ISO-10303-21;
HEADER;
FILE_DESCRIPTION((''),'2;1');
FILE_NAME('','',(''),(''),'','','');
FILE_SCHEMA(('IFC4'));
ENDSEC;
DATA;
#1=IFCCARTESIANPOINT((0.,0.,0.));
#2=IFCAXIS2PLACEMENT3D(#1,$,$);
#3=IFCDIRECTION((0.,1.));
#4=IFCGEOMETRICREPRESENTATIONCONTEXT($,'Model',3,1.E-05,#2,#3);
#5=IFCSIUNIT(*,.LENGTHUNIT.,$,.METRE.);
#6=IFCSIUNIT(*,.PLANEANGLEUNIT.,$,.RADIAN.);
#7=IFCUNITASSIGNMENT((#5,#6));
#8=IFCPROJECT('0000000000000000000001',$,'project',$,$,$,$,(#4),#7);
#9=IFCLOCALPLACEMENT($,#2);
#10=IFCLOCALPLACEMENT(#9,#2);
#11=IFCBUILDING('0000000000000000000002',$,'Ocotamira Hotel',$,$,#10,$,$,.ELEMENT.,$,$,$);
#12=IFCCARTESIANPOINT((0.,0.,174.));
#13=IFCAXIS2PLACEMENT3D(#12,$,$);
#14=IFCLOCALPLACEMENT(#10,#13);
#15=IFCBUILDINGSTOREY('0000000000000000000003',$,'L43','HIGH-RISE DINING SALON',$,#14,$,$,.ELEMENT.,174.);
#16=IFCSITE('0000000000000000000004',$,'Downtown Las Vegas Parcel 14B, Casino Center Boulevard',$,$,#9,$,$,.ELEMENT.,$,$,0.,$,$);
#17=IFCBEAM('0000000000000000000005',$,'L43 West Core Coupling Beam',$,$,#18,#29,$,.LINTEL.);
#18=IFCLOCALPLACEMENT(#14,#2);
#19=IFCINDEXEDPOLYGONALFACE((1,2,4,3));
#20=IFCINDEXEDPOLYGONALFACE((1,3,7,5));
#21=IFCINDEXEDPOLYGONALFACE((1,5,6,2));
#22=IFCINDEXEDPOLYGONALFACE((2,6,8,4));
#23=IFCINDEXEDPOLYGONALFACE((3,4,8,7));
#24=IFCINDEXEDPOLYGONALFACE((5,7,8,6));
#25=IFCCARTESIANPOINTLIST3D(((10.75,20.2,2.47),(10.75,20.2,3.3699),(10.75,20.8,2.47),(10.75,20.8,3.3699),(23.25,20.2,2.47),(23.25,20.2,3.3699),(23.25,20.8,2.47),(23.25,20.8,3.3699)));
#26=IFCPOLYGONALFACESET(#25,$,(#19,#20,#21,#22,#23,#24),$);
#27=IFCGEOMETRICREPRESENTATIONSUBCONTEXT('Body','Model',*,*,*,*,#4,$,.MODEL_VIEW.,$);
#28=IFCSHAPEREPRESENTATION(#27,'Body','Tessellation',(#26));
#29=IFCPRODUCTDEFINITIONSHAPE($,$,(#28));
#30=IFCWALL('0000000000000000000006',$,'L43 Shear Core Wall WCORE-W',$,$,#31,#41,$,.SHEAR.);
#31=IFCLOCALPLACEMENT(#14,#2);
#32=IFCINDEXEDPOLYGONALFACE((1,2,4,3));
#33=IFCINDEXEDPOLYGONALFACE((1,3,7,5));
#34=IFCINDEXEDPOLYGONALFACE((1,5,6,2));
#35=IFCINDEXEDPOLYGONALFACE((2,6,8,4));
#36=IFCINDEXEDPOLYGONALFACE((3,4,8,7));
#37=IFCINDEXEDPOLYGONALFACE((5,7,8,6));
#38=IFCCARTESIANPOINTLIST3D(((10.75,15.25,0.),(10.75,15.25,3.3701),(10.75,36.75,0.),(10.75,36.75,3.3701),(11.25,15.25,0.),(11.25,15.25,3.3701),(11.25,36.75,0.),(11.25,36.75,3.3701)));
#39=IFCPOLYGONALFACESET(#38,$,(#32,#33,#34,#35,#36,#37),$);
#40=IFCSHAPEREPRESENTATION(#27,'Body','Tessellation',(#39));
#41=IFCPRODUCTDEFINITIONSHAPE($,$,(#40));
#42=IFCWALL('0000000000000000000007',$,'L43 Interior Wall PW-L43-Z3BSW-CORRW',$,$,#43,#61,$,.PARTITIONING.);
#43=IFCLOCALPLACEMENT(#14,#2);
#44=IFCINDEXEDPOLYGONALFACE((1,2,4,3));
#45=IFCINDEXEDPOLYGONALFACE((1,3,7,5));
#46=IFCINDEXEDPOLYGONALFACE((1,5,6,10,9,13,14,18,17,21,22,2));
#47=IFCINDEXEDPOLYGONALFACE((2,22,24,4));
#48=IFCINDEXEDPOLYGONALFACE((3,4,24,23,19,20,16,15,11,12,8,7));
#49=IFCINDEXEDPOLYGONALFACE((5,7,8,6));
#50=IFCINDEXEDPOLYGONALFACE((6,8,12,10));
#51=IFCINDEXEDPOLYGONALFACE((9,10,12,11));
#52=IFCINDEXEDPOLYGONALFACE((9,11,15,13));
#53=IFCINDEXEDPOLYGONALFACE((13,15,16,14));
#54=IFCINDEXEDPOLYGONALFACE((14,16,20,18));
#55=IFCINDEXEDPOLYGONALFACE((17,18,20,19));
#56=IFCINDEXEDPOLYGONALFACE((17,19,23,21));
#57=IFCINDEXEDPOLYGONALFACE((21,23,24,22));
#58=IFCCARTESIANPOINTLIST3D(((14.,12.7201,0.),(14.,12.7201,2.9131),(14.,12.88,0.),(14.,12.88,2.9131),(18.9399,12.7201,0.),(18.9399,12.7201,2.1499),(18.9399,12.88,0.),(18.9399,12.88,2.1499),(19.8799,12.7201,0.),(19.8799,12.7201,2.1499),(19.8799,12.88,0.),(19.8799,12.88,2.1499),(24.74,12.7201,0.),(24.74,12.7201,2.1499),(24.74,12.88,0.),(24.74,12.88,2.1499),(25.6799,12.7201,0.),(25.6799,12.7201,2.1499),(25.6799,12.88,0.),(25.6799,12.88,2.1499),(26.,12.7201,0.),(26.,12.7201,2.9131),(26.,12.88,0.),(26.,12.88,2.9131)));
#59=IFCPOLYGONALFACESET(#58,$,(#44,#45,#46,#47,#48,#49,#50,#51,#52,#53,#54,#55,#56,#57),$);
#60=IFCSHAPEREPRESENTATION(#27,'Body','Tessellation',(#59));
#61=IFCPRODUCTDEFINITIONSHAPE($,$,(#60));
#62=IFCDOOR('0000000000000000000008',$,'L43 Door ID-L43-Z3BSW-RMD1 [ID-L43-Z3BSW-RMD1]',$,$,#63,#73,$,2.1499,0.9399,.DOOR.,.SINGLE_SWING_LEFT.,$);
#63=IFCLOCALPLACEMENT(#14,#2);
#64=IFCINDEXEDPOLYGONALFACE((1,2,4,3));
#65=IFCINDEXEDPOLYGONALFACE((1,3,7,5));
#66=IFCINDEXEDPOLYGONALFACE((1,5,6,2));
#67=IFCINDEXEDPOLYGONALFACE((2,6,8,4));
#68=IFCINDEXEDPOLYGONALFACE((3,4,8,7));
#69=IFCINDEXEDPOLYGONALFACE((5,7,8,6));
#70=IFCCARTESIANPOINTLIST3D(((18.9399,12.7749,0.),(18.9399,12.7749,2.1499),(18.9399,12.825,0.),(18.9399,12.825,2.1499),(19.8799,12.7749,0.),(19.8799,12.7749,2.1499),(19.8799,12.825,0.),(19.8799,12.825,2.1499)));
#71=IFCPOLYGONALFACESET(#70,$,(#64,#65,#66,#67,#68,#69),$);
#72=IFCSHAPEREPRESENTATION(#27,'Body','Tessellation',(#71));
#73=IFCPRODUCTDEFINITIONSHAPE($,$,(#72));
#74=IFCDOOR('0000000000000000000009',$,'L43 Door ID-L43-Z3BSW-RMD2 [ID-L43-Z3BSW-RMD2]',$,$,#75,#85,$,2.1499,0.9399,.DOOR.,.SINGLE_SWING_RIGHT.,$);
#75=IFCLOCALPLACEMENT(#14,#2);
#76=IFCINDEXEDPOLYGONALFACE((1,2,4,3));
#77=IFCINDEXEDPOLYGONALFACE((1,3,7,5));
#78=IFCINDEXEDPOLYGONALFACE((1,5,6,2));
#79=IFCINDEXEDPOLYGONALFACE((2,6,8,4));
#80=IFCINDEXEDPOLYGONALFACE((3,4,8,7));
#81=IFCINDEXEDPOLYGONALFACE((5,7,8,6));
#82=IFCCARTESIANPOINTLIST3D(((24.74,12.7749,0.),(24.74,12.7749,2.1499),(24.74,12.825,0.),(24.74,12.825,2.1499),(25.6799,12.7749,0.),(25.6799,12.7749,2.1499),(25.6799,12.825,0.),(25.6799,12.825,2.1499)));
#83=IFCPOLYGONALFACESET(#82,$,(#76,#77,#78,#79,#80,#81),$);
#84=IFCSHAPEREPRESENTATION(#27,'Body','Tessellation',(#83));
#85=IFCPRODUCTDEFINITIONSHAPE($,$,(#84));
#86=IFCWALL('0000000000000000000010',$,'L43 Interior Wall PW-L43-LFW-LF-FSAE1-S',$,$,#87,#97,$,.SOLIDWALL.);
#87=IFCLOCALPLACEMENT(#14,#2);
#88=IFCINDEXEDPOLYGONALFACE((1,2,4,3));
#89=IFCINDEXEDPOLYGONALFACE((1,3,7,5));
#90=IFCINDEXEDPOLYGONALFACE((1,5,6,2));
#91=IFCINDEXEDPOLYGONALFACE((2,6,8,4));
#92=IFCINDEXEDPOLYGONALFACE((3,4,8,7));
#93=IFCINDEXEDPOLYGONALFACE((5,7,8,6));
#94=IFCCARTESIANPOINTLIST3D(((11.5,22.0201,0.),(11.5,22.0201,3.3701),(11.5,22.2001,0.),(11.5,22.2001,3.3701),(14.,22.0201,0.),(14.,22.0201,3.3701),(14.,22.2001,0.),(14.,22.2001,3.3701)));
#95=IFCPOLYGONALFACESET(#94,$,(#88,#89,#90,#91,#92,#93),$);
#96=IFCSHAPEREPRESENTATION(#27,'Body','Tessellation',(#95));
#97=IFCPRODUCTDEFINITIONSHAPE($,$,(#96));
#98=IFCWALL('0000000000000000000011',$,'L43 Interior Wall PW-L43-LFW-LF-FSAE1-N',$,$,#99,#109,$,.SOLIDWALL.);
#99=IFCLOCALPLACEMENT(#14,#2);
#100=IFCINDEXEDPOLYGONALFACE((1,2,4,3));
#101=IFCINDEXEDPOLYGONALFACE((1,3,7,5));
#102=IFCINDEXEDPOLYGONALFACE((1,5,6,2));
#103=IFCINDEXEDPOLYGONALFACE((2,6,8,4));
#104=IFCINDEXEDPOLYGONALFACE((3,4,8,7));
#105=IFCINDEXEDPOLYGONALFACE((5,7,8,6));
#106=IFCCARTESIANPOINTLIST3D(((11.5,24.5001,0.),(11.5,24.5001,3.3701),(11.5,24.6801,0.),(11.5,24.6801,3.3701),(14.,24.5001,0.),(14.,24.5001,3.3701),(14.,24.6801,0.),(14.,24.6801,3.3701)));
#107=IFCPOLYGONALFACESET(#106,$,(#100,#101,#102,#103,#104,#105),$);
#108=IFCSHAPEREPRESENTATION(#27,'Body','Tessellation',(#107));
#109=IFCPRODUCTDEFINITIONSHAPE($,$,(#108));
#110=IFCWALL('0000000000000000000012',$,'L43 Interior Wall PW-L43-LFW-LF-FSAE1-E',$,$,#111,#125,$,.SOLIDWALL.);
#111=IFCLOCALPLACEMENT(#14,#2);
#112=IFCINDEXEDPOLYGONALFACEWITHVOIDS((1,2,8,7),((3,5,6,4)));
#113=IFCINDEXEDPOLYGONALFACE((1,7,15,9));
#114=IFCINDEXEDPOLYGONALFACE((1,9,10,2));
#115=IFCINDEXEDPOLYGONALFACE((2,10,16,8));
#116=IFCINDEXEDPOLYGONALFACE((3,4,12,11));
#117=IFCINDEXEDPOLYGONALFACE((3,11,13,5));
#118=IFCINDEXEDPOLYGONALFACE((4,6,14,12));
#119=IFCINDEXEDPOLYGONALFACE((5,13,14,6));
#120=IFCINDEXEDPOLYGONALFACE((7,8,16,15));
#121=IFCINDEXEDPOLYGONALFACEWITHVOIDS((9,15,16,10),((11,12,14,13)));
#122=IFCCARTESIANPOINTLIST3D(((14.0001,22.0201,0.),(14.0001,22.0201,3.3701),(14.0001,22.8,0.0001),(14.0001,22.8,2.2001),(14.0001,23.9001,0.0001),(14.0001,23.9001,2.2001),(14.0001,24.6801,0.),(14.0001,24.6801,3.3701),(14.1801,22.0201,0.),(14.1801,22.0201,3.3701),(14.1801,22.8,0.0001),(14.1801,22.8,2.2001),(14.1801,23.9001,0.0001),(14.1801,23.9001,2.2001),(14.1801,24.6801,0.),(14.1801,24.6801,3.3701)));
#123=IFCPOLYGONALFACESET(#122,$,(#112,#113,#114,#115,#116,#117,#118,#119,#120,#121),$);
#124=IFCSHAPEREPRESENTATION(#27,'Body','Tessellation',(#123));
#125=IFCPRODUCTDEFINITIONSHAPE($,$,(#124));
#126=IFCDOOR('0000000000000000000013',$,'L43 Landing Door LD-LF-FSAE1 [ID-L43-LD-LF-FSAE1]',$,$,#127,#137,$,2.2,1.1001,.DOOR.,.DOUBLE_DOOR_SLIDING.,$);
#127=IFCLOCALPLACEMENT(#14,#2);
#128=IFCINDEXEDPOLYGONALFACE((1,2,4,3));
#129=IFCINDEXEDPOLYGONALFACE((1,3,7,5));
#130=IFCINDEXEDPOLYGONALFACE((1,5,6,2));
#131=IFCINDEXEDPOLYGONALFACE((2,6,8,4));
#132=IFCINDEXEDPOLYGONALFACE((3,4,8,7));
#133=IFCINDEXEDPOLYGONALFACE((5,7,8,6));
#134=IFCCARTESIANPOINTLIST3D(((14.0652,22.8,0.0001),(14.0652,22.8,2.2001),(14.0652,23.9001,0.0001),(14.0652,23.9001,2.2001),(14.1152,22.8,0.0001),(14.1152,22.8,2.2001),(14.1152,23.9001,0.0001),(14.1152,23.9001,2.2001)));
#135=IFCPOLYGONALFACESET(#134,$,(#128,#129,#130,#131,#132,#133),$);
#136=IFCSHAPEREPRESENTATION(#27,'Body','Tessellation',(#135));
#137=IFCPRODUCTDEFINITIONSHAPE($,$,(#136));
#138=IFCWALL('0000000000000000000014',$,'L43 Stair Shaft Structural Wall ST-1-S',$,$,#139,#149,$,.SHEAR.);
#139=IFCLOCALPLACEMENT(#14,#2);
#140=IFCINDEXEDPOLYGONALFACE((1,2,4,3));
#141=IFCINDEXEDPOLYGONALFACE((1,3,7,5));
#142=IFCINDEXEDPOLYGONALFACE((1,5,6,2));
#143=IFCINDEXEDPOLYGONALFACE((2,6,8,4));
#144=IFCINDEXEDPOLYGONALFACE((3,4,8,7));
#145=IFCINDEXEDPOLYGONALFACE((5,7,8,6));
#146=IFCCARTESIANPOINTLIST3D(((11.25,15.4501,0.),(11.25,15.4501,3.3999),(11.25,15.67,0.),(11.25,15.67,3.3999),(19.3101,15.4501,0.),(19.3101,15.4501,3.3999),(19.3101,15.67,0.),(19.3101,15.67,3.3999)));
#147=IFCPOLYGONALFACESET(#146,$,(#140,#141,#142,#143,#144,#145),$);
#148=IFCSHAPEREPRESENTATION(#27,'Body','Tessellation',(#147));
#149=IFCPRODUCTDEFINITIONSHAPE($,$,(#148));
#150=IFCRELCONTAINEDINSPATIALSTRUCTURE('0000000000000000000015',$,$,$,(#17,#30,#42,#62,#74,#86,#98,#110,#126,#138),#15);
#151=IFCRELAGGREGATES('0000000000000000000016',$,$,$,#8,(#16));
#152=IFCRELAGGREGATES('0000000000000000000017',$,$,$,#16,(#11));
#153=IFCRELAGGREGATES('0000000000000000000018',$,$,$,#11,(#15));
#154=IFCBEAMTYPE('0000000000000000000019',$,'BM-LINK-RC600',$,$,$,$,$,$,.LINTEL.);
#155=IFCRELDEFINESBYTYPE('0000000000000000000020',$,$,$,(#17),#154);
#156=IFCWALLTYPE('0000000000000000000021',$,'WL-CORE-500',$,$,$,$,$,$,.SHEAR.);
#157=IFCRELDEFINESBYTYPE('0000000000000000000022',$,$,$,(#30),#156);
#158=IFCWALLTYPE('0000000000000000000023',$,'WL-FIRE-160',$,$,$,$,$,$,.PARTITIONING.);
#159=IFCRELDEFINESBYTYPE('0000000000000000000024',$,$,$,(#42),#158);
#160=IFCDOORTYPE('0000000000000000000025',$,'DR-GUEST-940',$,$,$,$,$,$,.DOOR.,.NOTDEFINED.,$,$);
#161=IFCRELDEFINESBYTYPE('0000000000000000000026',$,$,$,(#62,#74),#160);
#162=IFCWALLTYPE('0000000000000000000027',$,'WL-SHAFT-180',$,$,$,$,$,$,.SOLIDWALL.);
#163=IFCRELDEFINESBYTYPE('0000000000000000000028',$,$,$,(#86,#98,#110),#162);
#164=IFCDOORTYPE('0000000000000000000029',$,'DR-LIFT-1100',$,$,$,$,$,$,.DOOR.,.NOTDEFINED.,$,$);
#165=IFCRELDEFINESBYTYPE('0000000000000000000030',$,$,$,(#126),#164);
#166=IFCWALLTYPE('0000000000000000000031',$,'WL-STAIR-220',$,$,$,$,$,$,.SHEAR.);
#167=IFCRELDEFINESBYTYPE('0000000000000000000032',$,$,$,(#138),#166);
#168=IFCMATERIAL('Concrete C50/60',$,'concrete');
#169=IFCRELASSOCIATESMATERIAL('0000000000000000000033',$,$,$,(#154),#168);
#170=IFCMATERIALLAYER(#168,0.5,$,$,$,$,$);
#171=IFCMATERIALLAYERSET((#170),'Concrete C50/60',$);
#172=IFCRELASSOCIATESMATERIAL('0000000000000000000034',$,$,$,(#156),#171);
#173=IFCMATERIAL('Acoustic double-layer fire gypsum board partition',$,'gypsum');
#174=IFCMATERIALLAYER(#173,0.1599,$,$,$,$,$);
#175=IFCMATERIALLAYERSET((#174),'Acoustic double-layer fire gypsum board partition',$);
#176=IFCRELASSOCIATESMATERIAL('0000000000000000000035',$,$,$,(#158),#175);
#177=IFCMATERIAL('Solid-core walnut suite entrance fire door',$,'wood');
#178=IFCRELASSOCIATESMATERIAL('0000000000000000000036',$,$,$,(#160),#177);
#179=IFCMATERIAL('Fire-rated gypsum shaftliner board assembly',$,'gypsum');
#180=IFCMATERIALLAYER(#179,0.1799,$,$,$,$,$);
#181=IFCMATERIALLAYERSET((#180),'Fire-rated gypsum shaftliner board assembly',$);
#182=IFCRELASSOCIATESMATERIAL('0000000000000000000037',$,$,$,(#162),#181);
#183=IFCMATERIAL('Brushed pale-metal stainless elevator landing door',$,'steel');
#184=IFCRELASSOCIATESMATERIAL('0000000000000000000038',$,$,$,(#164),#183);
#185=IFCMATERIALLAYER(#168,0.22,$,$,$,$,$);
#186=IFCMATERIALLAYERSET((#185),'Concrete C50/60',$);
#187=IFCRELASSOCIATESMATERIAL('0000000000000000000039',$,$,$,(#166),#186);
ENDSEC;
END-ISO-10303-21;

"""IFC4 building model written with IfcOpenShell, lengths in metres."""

from ifc_helpers import new_model, si_unit, direction, frame, frame_2d, origin, origin_2d, place, context, subcontext, project, spatial, rectangle, extrude, source, transform, mapped, material, layer, layer_set, material_profile, profile_set, type_object, element, fill, save


model = new_model("IFC4")

# Units and contexts
model_context = context("Model", 3, precision=1e-05, world=origin(), true_north=direction((0.0, 1.0)))
body_context = subcontext(model_context, "Body", "Model", "MODEL_VIEW")
ifc_project = project(units=[si_unit("LENGTHUNIT", "METRE"), si_unit("PLANEANGLEUNIT", "RADIAN")], contexts=[model_context])

# Site, building, storey
site_placement = place(None, origin())
site = spatial("IfcSite", under=ifc_project, at=site_placement, Name="Downtown Las Vegas Parcel 14B, Casino Center Boulevard", CompositionType="ELEMENT", RefElevation=0.0)
building_placement = place(site_placement, origin())
building = spatial("IfcBuilding", under=site, at=building_placement, Name="Ocotamira Hotel", CompositionType="ELEMENT")
storey_placement = place(building_placement, frame((0.0, 0.0, 174.0)))
storey = spatial("IfcBuildingStorey", under=building, at=storey_placement, Name="L43", Description="HIGH-RISE DINING SALON", CompositionType="ELEMENT", Elevation=174.0)

# Beam
ifc_material_1 = material(Name="Concrete C50/60", Category="concrete")
ifc_material_profile = material_profile(ifc_material_1, rectangle(XDim=0.6001, YDim=0.8999, at=origin_2d()), Name="RC600X900")
ifc_profile_set = profile_set([ifc_material_profile], Name="Concrete C50/60")
beam_type = type_object("IfcBeamType", Name="BM-LINK-RC600", PredefinedType="LINTEL", material=ifc_profile_set)
shared_shape_1 = source(origin(), body_context, "Body", "SweptSolid", [
    extrude(rectangle(XDim=0.6001, YDim=0.8999, at=origin_2d()), origin(), (0.0, 0.0, 1.0), 12.5),
])
beam_placement = place(storey_placement, frame((10.75, 20.5, 2.9199), z_axis=(1.0, 0.0, 0.0), x_axis=(0.0, 1.0, 0.0)))
element("IfcBeam", 1, at=beam_placement, inside=storey, type_object=beam_type, Name="L43 West Core Coupling Beam", PredefinedType="LINTEL", context=body_context, shape_type="MappedRepresentation", body=[
    mapped(shared_shape_1, transform((0.0, 0.0, 0.0), scale=1.0)),
])

# Shared definitions
ifc_layer_1 = layer(ifc_material_1, 0.5)
ifc_layer_set_1 = layer_set([ifc_layer_1], Name="Concrete C50/60")
wall_type_1 = type_object("IfcWallType", Name="WL-CORE-500", PredefinedType="SHEAR", material=ifc_layer_set_1)

# Wall
wall_1_placement = place(storey_placement, frame((11.0, 15.25, 0.0), z_axis=(0.0, 0.0, 1.0), x_axis=(0.0, 1.0, 0.0)))
element("IfcWall", 2, at=wall_1_placement, inside=storey, type_object=wall_type_1, Name="L43 Shear Core Wall WCORE-W", PredefinedType="SHEAR", context=body_context, shape_type="SweptSolid", body=[
    extrude(rectangle(XDim=21.5, YDim=0.5, at=frame_2d((10.75, 0.0))), origin(), (0.0, 0.0, 1.0), 3.3701),
])

# Shared definitions
ifc_material_2 = material(Name="Acoustic double-layer fire gypsum board partition", Category="gypsum")
ifc_layer_2 = layer(ifc_material_2, 0.1599)
ifc_layer_set_2 = layer_set([ifc_layer_2], Name="Acoustic double-layer fire gypsum board partition")
wall_type_2 = type_object("IfcWallType", Name="WL-FIRE-160", PredefinedType="PARTITIONING", material=ifc_layer_set_2)

# Wall, openings, doors
wall_2_placement = place(storey_placement, frame((14.0, 12.8, 0.0), z_axis=(0.0, 0.0, 1.0), x_axis=(1.0, 0.0, 0.0)))
wall_2 = element("IfcWall", 3, at=wall_2_placement, inside=storey, type_object=wall_type_2, Name="L43 Interior Wall PW-L43-Z3BSW-CORRW", PredefinedType="PARTITIONING", context=body_context, shape_type="SweptSolid", body=[
    extrude(rectangle(XDim=12.0, YDim=0.1599, at=frame_2d((6.0, 0.0))), origin(), (0.0, 0.0, 1.0), 2.9131),
])
opening_1_placement = place(wall_2_placement, frame((4.9399, 0.0, 0.0)))
opening_1 = element("IfcOpeningElement", 4, at=opening_1_placement, cuts=wall_2, PredefinedType="OPENING", context=body_context, shape_type="SweptSolid", body=[
    extrude(rectangle(XDim=0.9399, YDim=2.1499, at=frame_2d((0.47, 1.075))), frame((0.0, 0.0898, 0.0), z_axis=(0.0, -1.0, 0.0), x_axis=(1.0, 0.0, 0.0)), (0.0, 0.0, 1.0), 0.1799),
])
opening_2_placement = place(wall_2_placement, frame((10.74, 0.0, 0.0)))
opening_2 = element("IfcOpeningElement", 5, at=opening_2_placement, cuts=wall_2, PredefinedType="OPENING", context=body_context, shape_type="SweptSolid", body=[
    extrude(rectangle(XDim=0.9399, YDim=2.1499, at=frame_2d((0.47, 1.075))), frame((0.0, 0.0898, 0.0), z_axis=(0.0, -1.0, 0.0), x_axis=(1.0, 0.0, 0.0)), (0.0, 0.0, 1.0), 0.1799),
])
ifc_material_3 = material(Name="Solid-core walnut suite entrance fire door", Category="wood")
door_type_1 = type_object("IfcDoorType", Name="DR-GUEST-940", OperationType="NOTDEFINED", PredefinedType="DOOR", material=ifc_material_3)
shared_shape_2 = source(origin(), body_context, "Body", "SweptSolid", [
    extrude(rectangle(XDim=0.9399, YDim=2.1499, at=frame_2d((0.47, 1.075))), frame((0.0, 0.0249, 0.0), z_axis=(0.0, -1.0, 0.0), x_axis=(1.0, 0.0, 0.0)), (0.0, 0.0, 1.0), 0.05),
])
door_1_placement = place(opening_1_placement, origin())
door_1 = element("IfcDoor", 6, at=door_1_placement, inside=storey, type_object=door_type_1, Name="L43 Door ID-L43-Z3BSW-RMD1 [ID-L43-Z3BSW-RMD1]", OperationType="SINGLE_SWING_LEFT", OverallHeight=2.1499, OverallWidth=0.9399, PredefinedType="DOOR", context=body_context, shape_type="MappedRepresentation", body=[
    mapped(shared_shape_2, transform((0.0, 0.0, 0.0), scale=1.0)),
])
fill(opening_1, door_1)
door_2_placement = place(opening_2_placement, origin())
door_2 = element("IfcDoor", 7, at=door_2_placement, inside=storey, type_object=door_type_1, Name="L43 Door ID-L43-Z3BSW-RMD2 [ID-L43-Z3BSW-RMD2]", OperationType="SINGLE_SWING_RIGHT", OverallHeight=2.1499, OverallWidth=0.9399, PredefinedType="DOOR", context=body_context, shape_type="MappedRepresentation", body=[
    mapped(shared_shape_2, transform((0.0, 0.0, 0.0), scale=1.0)),
])
fill(opening_2, door_2)

# Walls
ifc_material_4 = material(Name="Fire-rated gypsum shaftliner board assembly", Category="gypsum")
ifc_layer_3 = layer(ifc_material_4, 0.1799)
ifc_layer_set_3 = layer_set([ifc_layer_3], Name="Fire-rated gypsum shaftliner board assembly")
wall_type_3 = type_object("IfcWallType", Name="WL-SHAFT-180", PredefinedType="SOLIDWALL", material=ifc_layer_set_3)
for number, where, z_axis, x_axis, name in (
    (8, (11.5, 22.1101, 0.0), (0.0, 0.0, 1.0), (1.0, 0.0, 0.0), "L43 Interior Wall PW-L43-LFW-LF-FSAE1-S"),
    (9, (11.5, 24.5901, 0.0), (0.0, 0.0, 1.0), (1.0, 0.0, 0.0), "L43 Interior Wall PW-L43-LFW-LF-FSAE1-N"),
):
    element("IfcWall", number, at=place(storey_placement, frame(where, z_axis=z_axis, x_axis=x_axis)), inside=storey, type_object=wall_type_3, Name=name, PredefinedType="SOLIDWALL", context=body_context, shape_type="SweptSolid", body=[
        extrude(rectangle(XDim=2.5, YDim=0.1799, at=frame_2d((1.25, 0.0))), origin(), (0.0, 0.0, 1.0), 3.3701),
    ])

# Wall, opening, door
wall_3_placement = place(storey_placement, frame((14.0901, 22.02, 0.0), z_axis=(0.0, 0.0, 1.0), x_axis=(0.0, 1.0, 0.0)))
wall_3 = element("IfcWall", 10, at=wall_3_placement, inside=storey, type_object=wall_type_3, Name="L43 Interior Wall PW-L43-LFW-LF-FSAE1-E", PredefinedType="SOLIDWALL", context=body_context, shape_type="SweptSolid", body=[
    extrude(rectangle(XDim=2.6599, YDim=0.1799, at=frame_2d((1.3301, 0.0))), origin(), (0.0, 0.0, 1.0), 3.3701),
])
opening_3_placement = place(wall_3_placement, frame((0.78, 0.0, 0.0)))
opening_3 = element("IfcOpeningElement", 11, at=opening_3_placement, cuts=wall_3, PredefinedType="OPENING", context=body_context, shape_type="SweptSolid", body=[
    extrude(rectangle(XDim=1.1001, YDim=2.2, at=frame_2d((0.55, 1.1001))), frame((0.0, 0.1001, 0.0), z_axis=(0.0, -1.0, 0.0), x_axis=(1.0, 0.0, 0.0)), (0.0, 0.0, 1.0), 0.2),
])
ifc_material_5 = material(Name="Brushed pale-metal stainless elevator landing door", Category="steel")
door_type_2 = type_object("IfcDoorType", Name="DR-LIFT-1100", OperationType="NOTDEFINED", PredefinedType="DOOR", material=ifc_material_5)
shared_shape_3 = source(origin(), body_context, "Body", "SweptSolid", [
    extrude(rectangle(XDim=1.1001, YDim=2.2, at=frame_2d((0.55, 1.1001))), frame((0.0, 0.0249, 0.0), z_axis=(0.0, -1.0, 0.0), x_axis=(1.0, 0.0, 0.0)), (0.0, 0.0, 1.0), 0.05),
])
door_3_placement = place(opening_3_placement, origin())
door_3 = element("IfcDoor", 12, at=door_3_placement, inside=storey, type_object=door_type_2, Name="L43 Landing Door LD-LF-FSAE1 [ID-L43-LD-LF-FSAE1]", OperationType="DOUBLE_DOOR_SLIDING", OverallHeight=2.2, OverallWidth=1.1001, PredefinedType="DOOR", context=body_context, shape_type="MappedRepresentation", body=[
    mapped(shared_shape_3, transform((0.0, 0.0, 0.0), scale=1.0)),
])
fill(opening_3, door_3)

# Wall
ifc_layer_4 = layer(ifc_material_1, 0.22)
ifc_layer_set_4 = layer_set([ifc_layer_4], Name="Concrete C50/60")
wall_type_4 = type_object("IfcWallType", Name="WL-STAIR-220", PredefinedType="SHEAR", material=ifc_layer_set_4)
wall_4_placement = place(storey_placement, frame((11.25, 15.5601, 0.0), z_axis=(0.0, 0.0, 1.0), x_axis=(1.0, 0.0, 0.0)))
element("IfcWall", 13, at=wall_4_placement, inside=storey, type_object=wall_type_4, Name="L43 Stair Shaft Structural Wall ST-1-S", PredefinedType="SHEAR", context=body_context, shape_type="SweptSolid", body=[
    extrude(rectangle(XDim=8.0601, YDim=0.22, at=frame_2d((4.03, 0.0))), origin(), (0.0, 0.0, 1.0), 3.3999),
])

save(model, "model.ifc")
